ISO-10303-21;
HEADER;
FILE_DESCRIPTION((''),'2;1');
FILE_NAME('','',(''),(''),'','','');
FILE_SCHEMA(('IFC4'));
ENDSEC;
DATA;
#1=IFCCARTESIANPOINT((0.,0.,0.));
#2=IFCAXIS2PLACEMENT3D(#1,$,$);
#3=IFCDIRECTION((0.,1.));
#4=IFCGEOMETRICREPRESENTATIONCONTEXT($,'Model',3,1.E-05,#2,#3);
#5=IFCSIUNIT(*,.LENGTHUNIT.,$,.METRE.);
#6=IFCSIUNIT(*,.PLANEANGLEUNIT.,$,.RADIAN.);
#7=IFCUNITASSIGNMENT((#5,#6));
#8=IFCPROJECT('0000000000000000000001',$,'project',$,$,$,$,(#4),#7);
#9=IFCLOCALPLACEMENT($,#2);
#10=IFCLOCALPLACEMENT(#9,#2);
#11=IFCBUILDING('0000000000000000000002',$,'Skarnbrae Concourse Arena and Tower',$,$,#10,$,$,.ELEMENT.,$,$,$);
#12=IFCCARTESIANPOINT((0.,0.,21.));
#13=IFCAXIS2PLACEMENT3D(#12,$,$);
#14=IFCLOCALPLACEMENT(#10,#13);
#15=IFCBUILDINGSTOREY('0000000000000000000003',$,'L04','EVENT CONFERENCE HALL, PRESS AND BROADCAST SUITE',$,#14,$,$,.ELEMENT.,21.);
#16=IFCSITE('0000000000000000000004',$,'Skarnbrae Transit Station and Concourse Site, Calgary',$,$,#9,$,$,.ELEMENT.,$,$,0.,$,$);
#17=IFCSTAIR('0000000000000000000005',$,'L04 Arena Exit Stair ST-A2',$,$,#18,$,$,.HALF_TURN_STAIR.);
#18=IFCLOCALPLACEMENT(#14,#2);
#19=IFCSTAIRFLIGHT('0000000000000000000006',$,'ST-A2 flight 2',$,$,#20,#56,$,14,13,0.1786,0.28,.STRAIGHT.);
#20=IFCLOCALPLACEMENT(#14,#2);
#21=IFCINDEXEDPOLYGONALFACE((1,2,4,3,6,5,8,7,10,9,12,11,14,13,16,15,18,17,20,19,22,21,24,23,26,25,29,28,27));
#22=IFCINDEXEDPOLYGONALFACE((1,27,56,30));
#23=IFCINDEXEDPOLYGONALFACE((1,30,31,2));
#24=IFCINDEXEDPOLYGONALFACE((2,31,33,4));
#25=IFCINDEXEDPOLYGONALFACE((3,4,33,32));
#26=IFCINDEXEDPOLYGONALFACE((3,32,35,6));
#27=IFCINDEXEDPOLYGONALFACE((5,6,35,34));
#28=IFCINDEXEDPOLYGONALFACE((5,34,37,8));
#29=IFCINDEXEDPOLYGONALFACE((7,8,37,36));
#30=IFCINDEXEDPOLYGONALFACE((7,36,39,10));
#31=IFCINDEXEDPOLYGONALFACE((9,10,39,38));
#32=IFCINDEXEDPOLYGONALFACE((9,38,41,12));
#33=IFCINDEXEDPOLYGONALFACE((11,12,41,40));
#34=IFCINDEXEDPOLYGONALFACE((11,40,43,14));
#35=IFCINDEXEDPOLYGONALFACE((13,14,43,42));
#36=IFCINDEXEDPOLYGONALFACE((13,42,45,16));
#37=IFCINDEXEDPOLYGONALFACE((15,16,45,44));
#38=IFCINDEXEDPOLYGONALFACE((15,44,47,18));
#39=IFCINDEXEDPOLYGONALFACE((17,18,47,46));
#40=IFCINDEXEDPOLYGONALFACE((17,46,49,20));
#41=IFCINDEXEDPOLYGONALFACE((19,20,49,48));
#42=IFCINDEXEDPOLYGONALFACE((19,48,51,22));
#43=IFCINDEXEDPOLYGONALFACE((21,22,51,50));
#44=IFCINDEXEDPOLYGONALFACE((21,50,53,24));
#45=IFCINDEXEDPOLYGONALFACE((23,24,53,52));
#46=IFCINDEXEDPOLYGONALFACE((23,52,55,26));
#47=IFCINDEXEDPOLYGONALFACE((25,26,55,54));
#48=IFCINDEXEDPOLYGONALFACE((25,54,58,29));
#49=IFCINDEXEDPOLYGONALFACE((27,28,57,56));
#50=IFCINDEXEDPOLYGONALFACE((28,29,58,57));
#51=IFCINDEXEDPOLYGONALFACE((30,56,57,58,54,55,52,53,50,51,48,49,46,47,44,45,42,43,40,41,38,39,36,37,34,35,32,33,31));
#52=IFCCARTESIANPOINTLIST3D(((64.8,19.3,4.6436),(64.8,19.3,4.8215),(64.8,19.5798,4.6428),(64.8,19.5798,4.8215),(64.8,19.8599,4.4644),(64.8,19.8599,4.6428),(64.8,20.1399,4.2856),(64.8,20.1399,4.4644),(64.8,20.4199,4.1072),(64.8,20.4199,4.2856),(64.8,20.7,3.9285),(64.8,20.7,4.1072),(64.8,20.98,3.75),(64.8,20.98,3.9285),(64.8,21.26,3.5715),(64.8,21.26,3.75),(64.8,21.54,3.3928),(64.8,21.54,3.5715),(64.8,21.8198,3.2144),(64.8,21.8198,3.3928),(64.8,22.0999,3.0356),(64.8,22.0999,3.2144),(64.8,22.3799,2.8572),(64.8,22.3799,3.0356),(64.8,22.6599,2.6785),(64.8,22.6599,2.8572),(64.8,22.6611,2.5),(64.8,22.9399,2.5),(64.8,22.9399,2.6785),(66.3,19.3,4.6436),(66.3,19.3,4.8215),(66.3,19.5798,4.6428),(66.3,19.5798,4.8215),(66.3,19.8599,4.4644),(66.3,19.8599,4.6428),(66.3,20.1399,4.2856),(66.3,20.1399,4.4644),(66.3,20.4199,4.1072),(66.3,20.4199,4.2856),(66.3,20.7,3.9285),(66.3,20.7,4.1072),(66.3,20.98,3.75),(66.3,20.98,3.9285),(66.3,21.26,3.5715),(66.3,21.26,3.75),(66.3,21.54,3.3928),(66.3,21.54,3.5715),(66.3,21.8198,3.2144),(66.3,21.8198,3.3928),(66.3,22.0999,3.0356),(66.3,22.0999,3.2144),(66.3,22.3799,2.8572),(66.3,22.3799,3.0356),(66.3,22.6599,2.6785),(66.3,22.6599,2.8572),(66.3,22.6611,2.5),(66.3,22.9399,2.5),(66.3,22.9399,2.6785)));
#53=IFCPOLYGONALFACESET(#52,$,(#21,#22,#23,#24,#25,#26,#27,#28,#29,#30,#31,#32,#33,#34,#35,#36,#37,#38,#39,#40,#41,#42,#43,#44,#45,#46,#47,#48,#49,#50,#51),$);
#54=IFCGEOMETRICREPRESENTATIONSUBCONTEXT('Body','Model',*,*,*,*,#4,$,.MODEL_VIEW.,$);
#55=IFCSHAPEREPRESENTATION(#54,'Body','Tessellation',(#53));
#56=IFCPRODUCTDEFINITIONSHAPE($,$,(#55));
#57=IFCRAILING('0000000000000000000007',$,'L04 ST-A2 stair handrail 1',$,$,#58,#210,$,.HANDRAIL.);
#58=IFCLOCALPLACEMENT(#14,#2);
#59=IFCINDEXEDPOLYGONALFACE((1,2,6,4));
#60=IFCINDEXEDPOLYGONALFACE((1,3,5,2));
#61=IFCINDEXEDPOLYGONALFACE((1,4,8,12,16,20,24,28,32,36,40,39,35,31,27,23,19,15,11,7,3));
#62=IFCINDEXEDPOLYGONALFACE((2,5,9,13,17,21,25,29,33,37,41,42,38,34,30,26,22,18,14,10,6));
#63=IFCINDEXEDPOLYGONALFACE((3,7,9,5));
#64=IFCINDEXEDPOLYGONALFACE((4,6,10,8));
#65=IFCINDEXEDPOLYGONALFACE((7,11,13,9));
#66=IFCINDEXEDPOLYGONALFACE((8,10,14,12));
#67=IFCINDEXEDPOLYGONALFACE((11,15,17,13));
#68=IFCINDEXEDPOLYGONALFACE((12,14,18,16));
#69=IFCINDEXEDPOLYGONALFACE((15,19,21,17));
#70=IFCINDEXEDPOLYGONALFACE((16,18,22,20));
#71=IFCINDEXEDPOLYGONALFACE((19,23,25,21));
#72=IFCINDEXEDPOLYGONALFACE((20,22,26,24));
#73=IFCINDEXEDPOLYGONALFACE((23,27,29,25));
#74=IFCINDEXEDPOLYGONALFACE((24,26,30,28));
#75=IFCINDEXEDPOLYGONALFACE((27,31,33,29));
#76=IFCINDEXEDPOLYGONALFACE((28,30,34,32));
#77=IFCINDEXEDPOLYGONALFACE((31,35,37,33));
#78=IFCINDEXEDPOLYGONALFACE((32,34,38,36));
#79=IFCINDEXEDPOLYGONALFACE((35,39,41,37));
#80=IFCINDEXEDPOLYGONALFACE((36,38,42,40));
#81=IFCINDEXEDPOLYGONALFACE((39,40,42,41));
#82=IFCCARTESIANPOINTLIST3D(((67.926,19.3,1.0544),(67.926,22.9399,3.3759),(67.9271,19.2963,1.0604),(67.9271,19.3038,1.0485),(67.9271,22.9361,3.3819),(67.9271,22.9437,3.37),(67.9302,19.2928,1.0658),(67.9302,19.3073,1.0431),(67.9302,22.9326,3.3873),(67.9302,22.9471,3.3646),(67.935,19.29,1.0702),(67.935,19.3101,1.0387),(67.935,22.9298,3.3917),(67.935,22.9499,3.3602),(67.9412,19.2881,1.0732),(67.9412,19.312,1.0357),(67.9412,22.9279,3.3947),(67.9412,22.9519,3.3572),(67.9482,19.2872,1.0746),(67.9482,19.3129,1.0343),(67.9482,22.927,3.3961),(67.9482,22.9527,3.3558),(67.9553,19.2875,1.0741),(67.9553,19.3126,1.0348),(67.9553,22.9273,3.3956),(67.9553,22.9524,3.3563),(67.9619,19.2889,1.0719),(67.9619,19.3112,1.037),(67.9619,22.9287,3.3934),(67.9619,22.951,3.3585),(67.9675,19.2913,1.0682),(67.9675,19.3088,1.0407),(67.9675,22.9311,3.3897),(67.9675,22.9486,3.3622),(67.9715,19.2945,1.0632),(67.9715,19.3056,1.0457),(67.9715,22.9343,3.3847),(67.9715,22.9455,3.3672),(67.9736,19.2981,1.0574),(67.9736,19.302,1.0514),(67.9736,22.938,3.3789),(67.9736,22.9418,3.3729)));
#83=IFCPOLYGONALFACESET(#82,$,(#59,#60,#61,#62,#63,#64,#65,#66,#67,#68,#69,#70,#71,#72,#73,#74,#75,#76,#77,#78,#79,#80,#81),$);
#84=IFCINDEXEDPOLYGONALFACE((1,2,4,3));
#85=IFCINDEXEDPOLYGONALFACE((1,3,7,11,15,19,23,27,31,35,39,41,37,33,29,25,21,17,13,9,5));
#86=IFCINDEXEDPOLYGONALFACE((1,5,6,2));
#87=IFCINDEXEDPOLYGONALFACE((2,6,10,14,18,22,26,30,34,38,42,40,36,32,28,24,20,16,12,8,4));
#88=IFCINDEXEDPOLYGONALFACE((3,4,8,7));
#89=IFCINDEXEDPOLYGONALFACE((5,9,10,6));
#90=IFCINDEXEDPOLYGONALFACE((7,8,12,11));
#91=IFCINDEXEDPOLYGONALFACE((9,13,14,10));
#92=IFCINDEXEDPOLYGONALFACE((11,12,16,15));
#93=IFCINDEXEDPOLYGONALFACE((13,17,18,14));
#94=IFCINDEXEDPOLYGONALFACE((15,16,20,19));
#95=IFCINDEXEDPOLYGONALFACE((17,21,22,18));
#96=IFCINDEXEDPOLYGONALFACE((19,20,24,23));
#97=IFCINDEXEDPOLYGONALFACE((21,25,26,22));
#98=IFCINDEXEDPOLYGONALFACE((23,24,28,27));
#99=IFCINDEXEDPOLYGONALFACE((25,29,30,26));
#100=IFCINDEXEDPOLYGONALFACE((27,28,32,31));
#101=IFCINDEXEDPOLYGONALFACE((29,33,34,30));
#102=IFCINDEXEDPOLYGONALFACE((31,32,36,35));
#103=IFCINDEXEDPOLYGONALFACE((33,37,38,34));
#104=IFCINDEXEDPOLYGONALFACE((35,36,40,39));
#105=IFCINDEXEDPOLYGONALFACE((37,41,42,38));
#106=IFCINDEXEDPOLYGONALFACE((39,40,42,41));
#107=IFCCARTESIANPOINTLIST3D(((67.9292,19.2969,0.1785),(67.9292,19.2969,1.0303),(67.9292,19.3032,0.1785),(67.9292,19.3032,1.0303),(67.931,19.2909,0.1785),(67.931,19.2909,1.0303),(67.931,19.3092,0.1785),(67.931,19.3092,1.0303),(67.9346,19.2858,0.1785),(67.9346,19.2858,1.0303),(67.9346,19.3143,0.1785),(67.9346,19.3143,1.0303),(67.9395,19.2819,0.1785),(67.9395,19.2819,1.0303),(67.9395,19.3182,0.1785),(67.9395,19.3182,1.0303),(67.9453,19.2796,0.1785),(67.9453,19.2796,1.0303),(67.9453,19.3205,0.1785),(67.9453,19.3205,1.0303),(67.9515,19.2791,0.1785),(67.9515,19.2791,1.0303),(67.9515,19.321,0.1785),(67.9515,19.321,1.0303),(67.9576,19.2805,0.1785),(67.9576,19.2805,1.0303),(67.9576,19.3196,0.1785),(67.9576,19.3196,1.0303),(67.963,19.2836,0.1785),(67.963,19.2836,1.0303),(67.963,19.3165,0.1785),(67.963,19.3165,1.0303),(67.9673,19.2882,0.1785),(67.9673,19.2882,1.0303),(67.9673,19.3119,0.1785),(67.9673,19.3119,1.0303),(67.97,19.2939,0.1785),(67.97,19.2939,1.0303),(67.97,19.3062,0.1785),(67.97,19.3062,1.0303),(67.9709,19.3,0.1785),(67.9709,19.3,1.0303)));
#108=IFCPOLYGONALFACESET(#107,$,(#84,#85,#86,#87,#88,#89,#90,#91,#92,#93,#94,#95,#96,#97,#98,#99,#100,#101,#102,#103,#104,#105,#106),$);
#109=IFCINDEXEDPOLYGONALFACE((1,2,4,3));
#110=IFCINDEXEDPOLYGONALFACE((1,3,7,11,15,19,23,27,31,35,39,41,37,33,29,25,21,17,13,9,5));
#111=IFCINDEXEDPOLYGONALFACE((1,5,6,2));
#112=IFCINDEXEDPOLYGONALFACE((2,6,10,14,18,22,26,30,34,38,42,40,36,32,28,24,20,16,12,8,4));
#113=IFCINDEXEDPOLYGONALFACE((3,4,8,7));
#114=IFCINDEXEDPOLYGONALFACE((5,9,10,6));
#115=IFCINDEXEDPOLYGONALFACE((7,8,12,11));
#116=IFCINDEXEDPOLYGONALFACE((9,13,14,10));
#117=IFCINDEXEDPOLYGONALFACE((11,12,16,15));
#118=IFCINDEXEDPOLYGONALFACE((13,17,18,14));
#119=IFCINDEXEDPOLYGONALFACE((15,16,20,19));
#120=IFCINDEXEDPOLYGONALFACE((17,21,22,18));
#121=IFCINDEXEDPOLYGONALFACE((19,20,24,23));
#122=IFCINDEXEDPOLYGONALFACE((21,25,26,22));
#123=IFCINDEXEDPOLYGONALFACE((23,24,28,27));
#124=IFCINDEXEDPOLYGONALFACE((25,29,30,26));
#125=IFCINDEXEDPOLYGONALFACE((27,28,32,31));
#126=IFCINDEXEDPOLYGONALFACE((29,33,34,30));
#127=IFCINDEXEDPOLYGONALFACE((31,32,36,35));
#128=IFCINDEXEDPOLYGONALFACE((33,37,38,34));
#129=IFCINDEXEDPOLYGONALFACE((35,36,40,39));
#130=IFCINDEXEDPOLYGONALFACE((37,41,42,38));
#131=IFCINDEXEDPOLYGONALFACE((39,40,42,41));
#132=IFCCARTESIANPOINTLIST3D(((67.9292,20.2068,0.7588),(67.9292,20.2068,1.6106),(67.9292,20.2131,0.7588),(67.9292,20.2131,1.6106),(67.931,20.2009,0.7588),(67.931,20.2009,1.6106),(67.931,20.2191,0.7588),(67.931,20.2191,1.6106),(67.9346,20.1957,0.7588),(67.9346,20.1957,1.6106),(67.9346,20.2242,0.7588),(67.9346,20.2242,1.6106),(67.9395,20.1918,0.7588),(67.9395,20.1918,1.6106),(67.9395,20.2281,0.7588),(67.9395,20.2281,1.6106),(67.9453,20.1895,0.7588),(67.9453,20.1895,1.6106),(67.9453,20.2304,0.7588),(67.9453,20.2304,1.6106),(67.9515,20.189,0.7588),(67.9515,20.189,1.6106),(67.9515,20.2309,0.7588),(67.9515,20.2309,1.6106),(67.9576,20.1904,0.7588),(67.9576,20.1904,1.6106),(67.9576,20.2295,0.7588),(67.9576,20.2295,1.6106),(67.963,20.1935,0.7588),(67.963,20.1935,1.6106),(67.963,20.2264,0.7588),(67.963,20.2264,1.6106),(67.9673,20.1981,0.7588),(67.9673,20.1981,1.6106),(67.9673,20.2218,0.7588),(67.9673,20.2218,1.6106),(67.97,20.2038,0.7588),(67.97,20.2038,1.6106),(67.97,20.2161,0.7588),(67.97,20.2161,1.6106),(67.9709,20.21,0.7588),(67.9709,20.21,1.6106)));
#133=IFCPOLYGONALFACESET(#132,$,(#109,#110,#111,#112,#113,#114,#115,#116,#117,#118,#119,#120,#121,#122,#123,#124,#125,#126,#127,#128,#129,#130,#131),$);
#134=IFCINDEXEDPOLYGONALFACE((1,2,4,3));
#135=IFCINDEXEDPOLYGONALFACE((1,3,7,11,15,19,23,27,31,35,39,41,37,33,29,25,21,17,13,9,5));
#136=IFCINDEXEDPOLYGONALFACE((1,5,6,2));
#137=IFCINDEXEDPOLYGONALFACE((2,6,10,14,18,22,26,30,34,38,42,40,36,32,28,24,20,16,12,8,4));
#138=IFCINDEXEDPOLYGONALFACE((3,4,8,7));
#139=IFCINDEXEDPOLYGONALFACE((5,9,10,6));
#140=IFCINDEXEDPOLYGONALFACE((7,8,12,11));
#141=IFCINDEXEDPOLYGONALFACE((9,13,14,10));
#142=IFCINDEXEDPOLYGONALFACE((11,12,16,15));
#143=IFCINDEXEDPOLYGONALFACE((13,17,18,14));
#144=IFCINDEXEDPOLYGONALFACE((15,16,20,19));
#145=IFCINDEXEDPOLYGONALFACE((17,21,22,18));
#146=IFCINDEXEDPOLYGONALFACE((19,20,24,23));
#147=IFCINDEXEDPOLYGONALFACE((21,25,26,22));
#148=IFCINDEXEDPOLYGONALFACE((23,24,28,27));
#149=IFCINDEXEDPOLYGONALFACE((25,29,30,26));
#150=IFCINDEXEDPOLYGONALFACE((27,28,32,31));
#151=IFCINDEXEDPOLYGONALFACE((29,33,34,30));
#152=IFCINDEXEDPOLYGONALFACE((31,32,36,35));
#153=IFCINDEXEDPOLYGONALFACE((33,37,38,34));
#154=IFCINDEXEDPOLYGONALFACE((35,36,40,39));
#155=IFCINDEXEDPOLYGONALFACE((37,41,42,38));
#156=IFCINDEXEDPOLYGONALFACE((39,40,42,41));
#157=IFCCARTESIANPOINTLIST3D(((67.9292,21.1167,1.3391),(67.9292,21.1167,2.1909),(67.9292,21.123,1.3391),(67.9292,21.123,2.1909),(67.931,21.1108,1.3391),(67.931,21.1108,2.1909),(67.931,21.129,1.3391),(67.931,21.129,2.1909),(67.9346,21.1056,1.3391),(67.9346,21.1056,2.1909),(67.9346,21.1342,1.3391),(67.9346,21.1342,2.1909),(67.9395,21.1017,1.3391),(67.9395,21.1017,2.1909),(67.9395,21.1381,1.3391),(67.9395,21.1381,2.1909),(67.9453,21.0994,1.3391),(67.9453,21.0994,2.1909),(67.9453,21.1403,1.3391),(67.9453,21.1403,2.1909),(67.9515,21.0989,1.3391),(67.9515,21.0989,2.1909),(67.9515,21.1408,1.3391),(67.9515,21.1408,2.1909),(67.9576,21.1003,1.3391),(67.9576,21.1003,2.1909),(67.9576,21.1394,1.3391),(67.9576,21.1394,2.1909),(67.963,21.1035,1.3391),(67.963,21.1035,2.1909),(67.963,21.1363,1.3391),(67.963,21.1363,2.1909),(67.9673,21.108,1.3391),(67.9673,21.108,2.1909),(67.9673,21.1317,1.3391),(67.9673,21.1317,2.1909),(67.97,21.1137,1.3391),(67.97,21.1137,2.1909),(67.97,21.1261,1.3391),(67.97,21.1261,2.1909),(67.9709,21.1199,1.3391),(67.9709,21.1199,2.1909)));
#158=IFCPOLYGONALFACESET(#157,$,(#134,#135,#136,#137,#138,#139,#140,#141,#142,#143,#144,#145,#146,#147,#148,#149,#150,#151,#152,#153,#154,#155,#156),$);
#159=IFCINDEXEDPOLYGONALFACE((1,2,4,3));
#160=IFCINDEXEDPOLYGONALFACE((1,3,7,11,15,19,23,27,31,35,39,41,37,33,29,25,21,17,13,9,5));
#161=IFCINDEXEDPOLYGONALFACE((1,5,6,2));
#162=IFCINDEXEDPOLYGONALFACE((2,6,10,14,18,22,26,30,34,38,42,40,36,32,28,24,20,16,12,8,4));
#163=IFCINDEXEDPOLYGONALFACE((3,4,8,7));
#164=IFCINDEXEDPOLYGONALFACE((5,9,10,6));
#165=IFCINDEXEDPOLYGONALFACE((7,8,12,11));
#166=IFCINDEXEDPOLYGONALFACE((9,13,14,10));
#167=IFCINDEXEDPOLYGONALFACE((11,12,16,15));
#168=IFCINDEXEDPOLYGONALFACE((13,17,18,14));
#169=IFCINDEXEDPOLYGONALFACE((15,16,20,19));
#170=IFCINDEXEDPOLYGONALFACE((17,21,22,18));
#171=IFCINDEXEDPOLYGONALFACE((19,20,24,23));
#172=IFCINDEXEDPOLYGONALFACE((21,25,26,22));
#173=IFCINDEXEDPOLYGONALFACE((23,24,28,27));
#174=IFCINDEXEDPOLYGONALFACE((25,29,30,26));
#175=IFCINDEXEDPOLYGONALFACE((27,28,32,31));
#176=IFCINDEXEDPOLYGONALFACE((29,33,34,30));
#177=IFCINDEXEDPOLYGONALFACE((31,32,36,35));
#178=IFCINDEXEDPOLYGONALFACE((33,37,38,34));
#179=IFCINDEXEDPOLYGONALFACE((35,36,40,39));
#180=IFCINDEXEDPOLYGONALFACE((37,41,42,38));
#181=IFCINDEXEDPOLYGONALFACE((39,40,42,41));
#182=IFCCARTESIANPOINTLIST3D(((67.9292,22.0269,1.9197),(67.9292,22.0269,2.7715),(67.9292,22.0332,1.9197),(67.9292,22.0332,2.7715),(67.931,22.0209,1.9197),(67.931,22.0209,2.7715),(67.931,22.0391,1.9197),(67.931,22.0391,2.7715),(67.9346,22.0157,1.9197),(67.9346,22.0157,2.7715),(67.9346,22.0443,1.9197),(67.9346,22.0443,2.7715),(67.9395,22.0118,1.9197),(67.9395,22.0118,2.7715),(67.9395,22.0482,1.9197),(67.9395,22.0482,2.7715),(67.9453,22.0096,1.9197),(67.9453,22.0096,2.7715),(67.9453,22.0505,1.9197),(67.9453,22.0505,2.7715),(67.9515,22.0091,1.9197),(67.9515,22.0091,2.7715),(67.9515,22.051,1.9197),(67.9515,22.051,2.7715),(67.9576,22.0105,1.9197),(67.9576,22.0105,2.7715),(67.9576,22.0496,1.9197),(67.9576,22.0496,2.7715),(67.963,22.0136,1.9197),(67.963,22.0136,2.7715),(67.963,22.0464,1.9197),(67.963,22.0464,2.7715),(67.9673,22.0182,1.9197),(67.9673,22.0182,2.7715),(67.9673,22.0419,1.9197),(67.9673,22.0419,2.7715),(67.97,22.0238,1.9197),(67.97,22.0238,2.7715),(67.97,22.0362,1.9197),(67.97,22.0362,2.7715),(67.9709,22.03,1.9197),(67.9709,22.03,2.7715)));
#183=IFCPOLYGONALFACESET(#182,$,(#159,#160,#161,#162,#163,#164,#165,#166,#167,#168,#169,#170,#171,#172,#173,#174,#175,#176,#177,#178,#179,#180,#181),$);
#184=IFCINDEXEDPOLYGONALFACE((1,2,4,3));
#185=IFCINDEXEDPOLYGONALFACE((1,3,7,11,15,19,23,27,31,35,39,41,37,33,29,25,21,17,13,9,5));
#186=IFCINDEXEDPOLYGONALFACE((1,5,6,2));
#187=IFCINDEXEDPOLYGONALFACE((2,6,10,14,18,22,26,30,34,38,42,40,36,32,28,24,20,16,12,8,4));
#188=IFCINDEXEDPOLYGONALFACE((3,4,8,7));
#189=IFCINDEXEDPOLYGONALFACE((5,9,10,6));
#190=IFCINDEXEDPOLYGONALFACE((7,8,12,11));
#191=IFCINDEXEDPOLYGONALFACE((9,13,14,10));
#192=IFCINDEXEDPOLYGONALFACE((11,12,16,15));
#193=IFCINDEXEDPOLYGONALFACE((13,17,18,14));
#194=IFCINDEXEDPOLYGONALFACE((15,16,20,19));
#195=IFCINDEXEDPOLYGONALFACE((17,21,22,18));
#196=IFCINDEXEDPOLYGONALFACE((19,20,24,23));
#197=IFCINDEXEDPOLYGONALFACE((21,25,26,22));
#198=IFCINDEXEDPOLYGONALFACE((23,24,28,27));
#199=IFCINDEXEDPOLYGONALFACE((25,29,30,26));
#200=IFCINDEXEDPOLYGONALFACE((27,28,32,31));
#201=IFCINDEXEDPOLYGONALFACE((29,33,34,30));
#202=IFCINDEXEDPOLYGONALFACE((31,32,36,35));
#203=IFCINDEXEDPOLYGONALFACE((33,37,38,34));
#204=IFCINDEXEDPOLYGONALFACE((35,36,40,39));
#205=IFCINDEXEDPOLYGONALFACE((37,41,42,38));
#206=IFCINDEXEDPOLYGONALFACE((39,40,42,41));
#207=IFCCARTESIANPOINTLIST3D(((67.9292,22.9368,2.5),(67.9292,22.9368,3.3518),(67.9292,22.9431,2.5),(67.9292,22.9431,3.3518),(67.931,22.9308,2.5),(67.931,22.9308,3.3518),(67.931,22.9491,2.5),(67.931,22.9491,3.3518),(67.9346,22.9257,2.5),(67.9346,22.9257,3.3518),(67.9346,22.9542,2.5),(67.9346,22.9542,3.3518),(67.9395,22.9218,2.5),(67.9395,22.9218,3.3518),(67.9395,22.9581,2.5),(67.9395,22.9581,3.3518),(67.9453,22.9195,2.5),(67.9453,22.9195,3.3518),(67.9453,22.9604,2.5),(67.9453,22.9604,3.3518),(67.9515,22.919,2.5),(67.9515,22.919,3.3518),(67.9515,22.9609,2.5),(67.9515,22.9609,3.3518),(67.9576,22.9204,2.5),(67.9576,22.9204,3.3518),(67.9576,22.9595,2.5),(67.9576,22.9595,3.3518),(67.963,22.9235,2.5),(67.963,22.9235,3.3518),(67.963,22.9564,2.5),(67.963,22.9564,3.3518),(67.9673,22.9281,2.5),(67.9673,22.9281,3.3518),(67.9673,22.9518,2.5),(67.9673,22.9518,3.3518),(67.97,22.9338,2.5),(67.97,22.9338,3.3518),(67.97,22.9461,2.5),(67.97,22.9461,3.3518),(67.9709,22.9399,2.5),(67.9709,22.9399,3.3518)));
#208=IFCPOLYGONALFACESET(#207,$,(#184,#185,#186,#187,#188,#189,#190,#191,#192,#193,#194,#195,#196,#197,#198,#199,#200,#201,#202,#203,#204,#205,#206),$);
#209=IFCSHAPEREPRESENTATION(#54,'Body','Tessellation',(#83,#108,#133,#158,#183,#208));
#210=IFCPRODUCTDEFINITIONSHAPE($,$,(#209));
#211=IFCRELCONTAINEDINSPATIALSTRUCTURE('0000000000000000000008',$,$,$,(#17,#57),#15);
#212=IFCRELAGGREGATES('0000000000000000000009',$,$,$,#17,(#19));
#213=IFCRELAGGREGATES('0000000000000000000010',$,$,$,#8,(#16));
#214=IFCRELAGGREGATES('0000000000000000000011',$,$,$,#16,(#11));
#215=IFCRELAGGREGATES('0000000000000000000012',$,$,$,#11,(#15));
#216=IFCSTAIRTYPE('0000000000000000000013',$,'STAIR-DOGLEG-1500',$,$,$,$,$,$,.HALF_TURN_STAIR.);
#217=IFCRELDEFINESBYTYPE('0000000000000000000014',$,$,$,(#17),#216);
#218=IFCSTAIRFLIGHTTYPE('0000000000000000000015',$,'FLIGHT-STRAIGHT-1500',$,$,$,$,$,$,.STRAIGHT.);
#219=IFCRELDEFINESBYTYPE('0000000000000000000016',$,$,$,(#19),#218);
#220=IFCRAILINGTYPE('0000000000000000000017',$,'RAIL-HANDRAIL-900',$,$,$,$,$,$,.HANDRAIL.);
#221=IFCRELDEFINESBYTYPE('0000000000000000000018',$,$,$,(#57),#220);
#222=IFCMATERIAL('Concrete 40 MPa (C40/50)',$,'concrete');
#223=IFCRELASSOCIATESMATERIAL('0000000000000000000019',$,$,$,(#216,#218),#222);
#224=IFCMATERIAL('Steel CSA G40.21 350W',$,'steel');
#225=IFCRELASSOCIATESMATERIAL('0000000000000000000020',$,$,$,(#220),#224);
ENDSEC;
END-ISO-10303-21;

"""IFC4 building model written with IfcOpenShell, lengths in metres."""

from ifc_helpers import new_model, si_unit, direction, frame, origin, origin_2d, place, context, subcontext, project, spatial, polyline, circle, outline, extrude, source, transform, mapped, material, type_object, element, aggregate, save


model = new_model("IFC4")

# Units and contexts
model_context = context("Model", 3, precision=1e-05, world=origin(), true_north=direction((0.0, 1.0)))
body_context = subcontext(model_context, "Body", "Model", "MODEL_VIEW")
ifc_project = project(units=[si_unit("LENGTHUNIT", "METRE"), si_unit("PLANEANGLEUNIT", "RADIAN")], contexts=[model_context])

# Site, building, storey
site_placement = place(None, origin())
site = spatial("IfcSite", under=ifc_project, at=site_placement, Name="Skarnbrae Transit Station and Concourse Site, Calgary", CompositionType="ELEMENT", RefElevation=0.0)
building_placement = place(site_placement, origin())
building = spatial("IfcBuilding", under=site, at=building_placement, Name="Skarnbrae Concourse Arena and Tower", CompositionType="ELEMENT")
storey_placement = place(building_placement, frame((0.0, 0.0, 21.0)))
storey = spatial("IfcBuildingStorey", under=building, at=storey_placement, Name="L04", Description="EVENT CONFERENCE HALL, PRESS AND BROADCAST SUITE", CompositionType="ELEMENT", Elevation=21.0)

# Shared definitions
ifc_material_1 = material(Name="Steel CSA G40.21 350W", Category="steel")

# Stair, stair flight
ifc_material_2 = material(Name="Concrete 40 MPa (C40/50)", Category="concrete")
stair_type = type_object("IfcStairType", Name="STAIR-DOGLEG-1500", PredefinedType="HALF_TURN_STAIR", material=ifc_material_2)
stair_placement = place(storey_placement, origin())
stair = element("IfcStair", 1, at=stair_placement, inside=storey, type_object=stair_type, Name="L04 Arena Exit Stair ST-A2", PredefinedType="HALF_TURN_STAIR")
stair_flight_type = type_object("IfcStairFlightType", Name="FLIGHT-STRAIGHT-1500", PredefinedType="STRAIGHT", material=ifc_material_2)
shared_shape_1 = source(origin(), body_context, "Body", "SweptSolid", [
    extrude(outline(polyline([(0.0, 0.0), (0.0, 0.1785), (0.28, 0.1785), (0.28, 0.3572), (0.5601, 0.3572), (0.5601, 0.5356), (0.8401, 0.5356), (0.8401, 0.7144), (1.1201, 0.7144), (1.1201, 0.8928), (1.3999, 0.8928), (1.3999, 1.0715), (1.6799, 1.0715), (1.6799, 1.25), (1.96, 1.25), (1.96, 1.4285), (2.24, 1.4285), (2.24, 1.6072), (2.52, 1.6072), (2.52, 1.7856), (2.8, 1.7856), (2.8, 1.9644), (3.0801, 1.9644), (3.0801, 2.1428), (3.3601, 2.1428), (3.3601, 2.3215), (3.6399, 2.3215), (3.6399, 2.5), (3.6399, 2.1436), (0.2788, 0.0), (0.0, 0.0)])), frame((0.0, 0.75, 0.0), z_axis=(0.0, -1.0, 0.0), x_axis=(1.0, 0.0, 0.0)), (0.0, 0.0, 1.0), 1.5),
])
stair_flight_1_placement = place(storey_placement, frame((65.55, 22.9399, 2.5), z_axis=(0.0, 0.0, 1.0), x_axis=(0.0, -1.0, 0.0)))
stair_flight_1 = element("IfcStairFlight", 2, at=stair_flight_1_placement, type_object=stair_flight_type, Name="ST-A2 flight 2", NumberOfRisers=14, NumberOfTreads=13, PredefinedType="STRAIGHT", RiserHeight=0.1786, TreadLength=0.28, context=body_context, shape_type="MappedRepresentation", body=[
    mapped(shared_shape_1, transform((0.0, 0.0, 0.0))),
])
aggregate(stair, [stair_flight_1])

# Railing
railing_type_1 = type_object("IfcRailingType", Name="RAIL-HANDRAIL-900", PredefinedType="HANDRAIL", material=ifc_material_1)
railing_1_placement = place(storey_placement, frame((67.95, 19.3, 0.1785)))
element("IfcRailing", 3, at=railing_1_placement, inside=storey, type_object=railing_type_1, Name="L04 ST-A2 stair handrail 1", PredefinedType="HANDRAIL", context=body_context, shape_type="SweptSolid", body=[
    extrude(circle(Radius=0.0239, at=origin_2d()), frame((0.0, 0.0, 0.876), z_axis=(0.0, 0.843112, 0.537739), x_axis=(-1.0, 0.0, 0.0)), (0.0, 0.0, 1.0), 4.3171),
    extrude(circle(Radius=0.021, at=origin_2d()), origin(), (0.0, 0.0, 1.0), 0.8518),
    extrude(circle(Radius=0.021, at=origin_2d()), frame((0.0, 0.9099, 0.5803)), (0.0, 0.0, 1.0), 0.8518),
    extrude(circle(Radius=0.021, at=origin_2d()), frame((0.0, 1.8198, 1.1606)), (0.0, 0.0, 1.0), 0.8518),
    extrude(circle(Radius=0.021, at=origin_2d()), frame((0.0, 2.73, 1.7412)), (0.0, 0.0, 1.0), 0.8518),
    extrude(circle(Radius=0.021, at=origin_2d()), frame((0.0, 3.6399, 2.3215)), (0.0, 0.0, 1.0), 0.8518),
])

save(model, "model.ifc")
